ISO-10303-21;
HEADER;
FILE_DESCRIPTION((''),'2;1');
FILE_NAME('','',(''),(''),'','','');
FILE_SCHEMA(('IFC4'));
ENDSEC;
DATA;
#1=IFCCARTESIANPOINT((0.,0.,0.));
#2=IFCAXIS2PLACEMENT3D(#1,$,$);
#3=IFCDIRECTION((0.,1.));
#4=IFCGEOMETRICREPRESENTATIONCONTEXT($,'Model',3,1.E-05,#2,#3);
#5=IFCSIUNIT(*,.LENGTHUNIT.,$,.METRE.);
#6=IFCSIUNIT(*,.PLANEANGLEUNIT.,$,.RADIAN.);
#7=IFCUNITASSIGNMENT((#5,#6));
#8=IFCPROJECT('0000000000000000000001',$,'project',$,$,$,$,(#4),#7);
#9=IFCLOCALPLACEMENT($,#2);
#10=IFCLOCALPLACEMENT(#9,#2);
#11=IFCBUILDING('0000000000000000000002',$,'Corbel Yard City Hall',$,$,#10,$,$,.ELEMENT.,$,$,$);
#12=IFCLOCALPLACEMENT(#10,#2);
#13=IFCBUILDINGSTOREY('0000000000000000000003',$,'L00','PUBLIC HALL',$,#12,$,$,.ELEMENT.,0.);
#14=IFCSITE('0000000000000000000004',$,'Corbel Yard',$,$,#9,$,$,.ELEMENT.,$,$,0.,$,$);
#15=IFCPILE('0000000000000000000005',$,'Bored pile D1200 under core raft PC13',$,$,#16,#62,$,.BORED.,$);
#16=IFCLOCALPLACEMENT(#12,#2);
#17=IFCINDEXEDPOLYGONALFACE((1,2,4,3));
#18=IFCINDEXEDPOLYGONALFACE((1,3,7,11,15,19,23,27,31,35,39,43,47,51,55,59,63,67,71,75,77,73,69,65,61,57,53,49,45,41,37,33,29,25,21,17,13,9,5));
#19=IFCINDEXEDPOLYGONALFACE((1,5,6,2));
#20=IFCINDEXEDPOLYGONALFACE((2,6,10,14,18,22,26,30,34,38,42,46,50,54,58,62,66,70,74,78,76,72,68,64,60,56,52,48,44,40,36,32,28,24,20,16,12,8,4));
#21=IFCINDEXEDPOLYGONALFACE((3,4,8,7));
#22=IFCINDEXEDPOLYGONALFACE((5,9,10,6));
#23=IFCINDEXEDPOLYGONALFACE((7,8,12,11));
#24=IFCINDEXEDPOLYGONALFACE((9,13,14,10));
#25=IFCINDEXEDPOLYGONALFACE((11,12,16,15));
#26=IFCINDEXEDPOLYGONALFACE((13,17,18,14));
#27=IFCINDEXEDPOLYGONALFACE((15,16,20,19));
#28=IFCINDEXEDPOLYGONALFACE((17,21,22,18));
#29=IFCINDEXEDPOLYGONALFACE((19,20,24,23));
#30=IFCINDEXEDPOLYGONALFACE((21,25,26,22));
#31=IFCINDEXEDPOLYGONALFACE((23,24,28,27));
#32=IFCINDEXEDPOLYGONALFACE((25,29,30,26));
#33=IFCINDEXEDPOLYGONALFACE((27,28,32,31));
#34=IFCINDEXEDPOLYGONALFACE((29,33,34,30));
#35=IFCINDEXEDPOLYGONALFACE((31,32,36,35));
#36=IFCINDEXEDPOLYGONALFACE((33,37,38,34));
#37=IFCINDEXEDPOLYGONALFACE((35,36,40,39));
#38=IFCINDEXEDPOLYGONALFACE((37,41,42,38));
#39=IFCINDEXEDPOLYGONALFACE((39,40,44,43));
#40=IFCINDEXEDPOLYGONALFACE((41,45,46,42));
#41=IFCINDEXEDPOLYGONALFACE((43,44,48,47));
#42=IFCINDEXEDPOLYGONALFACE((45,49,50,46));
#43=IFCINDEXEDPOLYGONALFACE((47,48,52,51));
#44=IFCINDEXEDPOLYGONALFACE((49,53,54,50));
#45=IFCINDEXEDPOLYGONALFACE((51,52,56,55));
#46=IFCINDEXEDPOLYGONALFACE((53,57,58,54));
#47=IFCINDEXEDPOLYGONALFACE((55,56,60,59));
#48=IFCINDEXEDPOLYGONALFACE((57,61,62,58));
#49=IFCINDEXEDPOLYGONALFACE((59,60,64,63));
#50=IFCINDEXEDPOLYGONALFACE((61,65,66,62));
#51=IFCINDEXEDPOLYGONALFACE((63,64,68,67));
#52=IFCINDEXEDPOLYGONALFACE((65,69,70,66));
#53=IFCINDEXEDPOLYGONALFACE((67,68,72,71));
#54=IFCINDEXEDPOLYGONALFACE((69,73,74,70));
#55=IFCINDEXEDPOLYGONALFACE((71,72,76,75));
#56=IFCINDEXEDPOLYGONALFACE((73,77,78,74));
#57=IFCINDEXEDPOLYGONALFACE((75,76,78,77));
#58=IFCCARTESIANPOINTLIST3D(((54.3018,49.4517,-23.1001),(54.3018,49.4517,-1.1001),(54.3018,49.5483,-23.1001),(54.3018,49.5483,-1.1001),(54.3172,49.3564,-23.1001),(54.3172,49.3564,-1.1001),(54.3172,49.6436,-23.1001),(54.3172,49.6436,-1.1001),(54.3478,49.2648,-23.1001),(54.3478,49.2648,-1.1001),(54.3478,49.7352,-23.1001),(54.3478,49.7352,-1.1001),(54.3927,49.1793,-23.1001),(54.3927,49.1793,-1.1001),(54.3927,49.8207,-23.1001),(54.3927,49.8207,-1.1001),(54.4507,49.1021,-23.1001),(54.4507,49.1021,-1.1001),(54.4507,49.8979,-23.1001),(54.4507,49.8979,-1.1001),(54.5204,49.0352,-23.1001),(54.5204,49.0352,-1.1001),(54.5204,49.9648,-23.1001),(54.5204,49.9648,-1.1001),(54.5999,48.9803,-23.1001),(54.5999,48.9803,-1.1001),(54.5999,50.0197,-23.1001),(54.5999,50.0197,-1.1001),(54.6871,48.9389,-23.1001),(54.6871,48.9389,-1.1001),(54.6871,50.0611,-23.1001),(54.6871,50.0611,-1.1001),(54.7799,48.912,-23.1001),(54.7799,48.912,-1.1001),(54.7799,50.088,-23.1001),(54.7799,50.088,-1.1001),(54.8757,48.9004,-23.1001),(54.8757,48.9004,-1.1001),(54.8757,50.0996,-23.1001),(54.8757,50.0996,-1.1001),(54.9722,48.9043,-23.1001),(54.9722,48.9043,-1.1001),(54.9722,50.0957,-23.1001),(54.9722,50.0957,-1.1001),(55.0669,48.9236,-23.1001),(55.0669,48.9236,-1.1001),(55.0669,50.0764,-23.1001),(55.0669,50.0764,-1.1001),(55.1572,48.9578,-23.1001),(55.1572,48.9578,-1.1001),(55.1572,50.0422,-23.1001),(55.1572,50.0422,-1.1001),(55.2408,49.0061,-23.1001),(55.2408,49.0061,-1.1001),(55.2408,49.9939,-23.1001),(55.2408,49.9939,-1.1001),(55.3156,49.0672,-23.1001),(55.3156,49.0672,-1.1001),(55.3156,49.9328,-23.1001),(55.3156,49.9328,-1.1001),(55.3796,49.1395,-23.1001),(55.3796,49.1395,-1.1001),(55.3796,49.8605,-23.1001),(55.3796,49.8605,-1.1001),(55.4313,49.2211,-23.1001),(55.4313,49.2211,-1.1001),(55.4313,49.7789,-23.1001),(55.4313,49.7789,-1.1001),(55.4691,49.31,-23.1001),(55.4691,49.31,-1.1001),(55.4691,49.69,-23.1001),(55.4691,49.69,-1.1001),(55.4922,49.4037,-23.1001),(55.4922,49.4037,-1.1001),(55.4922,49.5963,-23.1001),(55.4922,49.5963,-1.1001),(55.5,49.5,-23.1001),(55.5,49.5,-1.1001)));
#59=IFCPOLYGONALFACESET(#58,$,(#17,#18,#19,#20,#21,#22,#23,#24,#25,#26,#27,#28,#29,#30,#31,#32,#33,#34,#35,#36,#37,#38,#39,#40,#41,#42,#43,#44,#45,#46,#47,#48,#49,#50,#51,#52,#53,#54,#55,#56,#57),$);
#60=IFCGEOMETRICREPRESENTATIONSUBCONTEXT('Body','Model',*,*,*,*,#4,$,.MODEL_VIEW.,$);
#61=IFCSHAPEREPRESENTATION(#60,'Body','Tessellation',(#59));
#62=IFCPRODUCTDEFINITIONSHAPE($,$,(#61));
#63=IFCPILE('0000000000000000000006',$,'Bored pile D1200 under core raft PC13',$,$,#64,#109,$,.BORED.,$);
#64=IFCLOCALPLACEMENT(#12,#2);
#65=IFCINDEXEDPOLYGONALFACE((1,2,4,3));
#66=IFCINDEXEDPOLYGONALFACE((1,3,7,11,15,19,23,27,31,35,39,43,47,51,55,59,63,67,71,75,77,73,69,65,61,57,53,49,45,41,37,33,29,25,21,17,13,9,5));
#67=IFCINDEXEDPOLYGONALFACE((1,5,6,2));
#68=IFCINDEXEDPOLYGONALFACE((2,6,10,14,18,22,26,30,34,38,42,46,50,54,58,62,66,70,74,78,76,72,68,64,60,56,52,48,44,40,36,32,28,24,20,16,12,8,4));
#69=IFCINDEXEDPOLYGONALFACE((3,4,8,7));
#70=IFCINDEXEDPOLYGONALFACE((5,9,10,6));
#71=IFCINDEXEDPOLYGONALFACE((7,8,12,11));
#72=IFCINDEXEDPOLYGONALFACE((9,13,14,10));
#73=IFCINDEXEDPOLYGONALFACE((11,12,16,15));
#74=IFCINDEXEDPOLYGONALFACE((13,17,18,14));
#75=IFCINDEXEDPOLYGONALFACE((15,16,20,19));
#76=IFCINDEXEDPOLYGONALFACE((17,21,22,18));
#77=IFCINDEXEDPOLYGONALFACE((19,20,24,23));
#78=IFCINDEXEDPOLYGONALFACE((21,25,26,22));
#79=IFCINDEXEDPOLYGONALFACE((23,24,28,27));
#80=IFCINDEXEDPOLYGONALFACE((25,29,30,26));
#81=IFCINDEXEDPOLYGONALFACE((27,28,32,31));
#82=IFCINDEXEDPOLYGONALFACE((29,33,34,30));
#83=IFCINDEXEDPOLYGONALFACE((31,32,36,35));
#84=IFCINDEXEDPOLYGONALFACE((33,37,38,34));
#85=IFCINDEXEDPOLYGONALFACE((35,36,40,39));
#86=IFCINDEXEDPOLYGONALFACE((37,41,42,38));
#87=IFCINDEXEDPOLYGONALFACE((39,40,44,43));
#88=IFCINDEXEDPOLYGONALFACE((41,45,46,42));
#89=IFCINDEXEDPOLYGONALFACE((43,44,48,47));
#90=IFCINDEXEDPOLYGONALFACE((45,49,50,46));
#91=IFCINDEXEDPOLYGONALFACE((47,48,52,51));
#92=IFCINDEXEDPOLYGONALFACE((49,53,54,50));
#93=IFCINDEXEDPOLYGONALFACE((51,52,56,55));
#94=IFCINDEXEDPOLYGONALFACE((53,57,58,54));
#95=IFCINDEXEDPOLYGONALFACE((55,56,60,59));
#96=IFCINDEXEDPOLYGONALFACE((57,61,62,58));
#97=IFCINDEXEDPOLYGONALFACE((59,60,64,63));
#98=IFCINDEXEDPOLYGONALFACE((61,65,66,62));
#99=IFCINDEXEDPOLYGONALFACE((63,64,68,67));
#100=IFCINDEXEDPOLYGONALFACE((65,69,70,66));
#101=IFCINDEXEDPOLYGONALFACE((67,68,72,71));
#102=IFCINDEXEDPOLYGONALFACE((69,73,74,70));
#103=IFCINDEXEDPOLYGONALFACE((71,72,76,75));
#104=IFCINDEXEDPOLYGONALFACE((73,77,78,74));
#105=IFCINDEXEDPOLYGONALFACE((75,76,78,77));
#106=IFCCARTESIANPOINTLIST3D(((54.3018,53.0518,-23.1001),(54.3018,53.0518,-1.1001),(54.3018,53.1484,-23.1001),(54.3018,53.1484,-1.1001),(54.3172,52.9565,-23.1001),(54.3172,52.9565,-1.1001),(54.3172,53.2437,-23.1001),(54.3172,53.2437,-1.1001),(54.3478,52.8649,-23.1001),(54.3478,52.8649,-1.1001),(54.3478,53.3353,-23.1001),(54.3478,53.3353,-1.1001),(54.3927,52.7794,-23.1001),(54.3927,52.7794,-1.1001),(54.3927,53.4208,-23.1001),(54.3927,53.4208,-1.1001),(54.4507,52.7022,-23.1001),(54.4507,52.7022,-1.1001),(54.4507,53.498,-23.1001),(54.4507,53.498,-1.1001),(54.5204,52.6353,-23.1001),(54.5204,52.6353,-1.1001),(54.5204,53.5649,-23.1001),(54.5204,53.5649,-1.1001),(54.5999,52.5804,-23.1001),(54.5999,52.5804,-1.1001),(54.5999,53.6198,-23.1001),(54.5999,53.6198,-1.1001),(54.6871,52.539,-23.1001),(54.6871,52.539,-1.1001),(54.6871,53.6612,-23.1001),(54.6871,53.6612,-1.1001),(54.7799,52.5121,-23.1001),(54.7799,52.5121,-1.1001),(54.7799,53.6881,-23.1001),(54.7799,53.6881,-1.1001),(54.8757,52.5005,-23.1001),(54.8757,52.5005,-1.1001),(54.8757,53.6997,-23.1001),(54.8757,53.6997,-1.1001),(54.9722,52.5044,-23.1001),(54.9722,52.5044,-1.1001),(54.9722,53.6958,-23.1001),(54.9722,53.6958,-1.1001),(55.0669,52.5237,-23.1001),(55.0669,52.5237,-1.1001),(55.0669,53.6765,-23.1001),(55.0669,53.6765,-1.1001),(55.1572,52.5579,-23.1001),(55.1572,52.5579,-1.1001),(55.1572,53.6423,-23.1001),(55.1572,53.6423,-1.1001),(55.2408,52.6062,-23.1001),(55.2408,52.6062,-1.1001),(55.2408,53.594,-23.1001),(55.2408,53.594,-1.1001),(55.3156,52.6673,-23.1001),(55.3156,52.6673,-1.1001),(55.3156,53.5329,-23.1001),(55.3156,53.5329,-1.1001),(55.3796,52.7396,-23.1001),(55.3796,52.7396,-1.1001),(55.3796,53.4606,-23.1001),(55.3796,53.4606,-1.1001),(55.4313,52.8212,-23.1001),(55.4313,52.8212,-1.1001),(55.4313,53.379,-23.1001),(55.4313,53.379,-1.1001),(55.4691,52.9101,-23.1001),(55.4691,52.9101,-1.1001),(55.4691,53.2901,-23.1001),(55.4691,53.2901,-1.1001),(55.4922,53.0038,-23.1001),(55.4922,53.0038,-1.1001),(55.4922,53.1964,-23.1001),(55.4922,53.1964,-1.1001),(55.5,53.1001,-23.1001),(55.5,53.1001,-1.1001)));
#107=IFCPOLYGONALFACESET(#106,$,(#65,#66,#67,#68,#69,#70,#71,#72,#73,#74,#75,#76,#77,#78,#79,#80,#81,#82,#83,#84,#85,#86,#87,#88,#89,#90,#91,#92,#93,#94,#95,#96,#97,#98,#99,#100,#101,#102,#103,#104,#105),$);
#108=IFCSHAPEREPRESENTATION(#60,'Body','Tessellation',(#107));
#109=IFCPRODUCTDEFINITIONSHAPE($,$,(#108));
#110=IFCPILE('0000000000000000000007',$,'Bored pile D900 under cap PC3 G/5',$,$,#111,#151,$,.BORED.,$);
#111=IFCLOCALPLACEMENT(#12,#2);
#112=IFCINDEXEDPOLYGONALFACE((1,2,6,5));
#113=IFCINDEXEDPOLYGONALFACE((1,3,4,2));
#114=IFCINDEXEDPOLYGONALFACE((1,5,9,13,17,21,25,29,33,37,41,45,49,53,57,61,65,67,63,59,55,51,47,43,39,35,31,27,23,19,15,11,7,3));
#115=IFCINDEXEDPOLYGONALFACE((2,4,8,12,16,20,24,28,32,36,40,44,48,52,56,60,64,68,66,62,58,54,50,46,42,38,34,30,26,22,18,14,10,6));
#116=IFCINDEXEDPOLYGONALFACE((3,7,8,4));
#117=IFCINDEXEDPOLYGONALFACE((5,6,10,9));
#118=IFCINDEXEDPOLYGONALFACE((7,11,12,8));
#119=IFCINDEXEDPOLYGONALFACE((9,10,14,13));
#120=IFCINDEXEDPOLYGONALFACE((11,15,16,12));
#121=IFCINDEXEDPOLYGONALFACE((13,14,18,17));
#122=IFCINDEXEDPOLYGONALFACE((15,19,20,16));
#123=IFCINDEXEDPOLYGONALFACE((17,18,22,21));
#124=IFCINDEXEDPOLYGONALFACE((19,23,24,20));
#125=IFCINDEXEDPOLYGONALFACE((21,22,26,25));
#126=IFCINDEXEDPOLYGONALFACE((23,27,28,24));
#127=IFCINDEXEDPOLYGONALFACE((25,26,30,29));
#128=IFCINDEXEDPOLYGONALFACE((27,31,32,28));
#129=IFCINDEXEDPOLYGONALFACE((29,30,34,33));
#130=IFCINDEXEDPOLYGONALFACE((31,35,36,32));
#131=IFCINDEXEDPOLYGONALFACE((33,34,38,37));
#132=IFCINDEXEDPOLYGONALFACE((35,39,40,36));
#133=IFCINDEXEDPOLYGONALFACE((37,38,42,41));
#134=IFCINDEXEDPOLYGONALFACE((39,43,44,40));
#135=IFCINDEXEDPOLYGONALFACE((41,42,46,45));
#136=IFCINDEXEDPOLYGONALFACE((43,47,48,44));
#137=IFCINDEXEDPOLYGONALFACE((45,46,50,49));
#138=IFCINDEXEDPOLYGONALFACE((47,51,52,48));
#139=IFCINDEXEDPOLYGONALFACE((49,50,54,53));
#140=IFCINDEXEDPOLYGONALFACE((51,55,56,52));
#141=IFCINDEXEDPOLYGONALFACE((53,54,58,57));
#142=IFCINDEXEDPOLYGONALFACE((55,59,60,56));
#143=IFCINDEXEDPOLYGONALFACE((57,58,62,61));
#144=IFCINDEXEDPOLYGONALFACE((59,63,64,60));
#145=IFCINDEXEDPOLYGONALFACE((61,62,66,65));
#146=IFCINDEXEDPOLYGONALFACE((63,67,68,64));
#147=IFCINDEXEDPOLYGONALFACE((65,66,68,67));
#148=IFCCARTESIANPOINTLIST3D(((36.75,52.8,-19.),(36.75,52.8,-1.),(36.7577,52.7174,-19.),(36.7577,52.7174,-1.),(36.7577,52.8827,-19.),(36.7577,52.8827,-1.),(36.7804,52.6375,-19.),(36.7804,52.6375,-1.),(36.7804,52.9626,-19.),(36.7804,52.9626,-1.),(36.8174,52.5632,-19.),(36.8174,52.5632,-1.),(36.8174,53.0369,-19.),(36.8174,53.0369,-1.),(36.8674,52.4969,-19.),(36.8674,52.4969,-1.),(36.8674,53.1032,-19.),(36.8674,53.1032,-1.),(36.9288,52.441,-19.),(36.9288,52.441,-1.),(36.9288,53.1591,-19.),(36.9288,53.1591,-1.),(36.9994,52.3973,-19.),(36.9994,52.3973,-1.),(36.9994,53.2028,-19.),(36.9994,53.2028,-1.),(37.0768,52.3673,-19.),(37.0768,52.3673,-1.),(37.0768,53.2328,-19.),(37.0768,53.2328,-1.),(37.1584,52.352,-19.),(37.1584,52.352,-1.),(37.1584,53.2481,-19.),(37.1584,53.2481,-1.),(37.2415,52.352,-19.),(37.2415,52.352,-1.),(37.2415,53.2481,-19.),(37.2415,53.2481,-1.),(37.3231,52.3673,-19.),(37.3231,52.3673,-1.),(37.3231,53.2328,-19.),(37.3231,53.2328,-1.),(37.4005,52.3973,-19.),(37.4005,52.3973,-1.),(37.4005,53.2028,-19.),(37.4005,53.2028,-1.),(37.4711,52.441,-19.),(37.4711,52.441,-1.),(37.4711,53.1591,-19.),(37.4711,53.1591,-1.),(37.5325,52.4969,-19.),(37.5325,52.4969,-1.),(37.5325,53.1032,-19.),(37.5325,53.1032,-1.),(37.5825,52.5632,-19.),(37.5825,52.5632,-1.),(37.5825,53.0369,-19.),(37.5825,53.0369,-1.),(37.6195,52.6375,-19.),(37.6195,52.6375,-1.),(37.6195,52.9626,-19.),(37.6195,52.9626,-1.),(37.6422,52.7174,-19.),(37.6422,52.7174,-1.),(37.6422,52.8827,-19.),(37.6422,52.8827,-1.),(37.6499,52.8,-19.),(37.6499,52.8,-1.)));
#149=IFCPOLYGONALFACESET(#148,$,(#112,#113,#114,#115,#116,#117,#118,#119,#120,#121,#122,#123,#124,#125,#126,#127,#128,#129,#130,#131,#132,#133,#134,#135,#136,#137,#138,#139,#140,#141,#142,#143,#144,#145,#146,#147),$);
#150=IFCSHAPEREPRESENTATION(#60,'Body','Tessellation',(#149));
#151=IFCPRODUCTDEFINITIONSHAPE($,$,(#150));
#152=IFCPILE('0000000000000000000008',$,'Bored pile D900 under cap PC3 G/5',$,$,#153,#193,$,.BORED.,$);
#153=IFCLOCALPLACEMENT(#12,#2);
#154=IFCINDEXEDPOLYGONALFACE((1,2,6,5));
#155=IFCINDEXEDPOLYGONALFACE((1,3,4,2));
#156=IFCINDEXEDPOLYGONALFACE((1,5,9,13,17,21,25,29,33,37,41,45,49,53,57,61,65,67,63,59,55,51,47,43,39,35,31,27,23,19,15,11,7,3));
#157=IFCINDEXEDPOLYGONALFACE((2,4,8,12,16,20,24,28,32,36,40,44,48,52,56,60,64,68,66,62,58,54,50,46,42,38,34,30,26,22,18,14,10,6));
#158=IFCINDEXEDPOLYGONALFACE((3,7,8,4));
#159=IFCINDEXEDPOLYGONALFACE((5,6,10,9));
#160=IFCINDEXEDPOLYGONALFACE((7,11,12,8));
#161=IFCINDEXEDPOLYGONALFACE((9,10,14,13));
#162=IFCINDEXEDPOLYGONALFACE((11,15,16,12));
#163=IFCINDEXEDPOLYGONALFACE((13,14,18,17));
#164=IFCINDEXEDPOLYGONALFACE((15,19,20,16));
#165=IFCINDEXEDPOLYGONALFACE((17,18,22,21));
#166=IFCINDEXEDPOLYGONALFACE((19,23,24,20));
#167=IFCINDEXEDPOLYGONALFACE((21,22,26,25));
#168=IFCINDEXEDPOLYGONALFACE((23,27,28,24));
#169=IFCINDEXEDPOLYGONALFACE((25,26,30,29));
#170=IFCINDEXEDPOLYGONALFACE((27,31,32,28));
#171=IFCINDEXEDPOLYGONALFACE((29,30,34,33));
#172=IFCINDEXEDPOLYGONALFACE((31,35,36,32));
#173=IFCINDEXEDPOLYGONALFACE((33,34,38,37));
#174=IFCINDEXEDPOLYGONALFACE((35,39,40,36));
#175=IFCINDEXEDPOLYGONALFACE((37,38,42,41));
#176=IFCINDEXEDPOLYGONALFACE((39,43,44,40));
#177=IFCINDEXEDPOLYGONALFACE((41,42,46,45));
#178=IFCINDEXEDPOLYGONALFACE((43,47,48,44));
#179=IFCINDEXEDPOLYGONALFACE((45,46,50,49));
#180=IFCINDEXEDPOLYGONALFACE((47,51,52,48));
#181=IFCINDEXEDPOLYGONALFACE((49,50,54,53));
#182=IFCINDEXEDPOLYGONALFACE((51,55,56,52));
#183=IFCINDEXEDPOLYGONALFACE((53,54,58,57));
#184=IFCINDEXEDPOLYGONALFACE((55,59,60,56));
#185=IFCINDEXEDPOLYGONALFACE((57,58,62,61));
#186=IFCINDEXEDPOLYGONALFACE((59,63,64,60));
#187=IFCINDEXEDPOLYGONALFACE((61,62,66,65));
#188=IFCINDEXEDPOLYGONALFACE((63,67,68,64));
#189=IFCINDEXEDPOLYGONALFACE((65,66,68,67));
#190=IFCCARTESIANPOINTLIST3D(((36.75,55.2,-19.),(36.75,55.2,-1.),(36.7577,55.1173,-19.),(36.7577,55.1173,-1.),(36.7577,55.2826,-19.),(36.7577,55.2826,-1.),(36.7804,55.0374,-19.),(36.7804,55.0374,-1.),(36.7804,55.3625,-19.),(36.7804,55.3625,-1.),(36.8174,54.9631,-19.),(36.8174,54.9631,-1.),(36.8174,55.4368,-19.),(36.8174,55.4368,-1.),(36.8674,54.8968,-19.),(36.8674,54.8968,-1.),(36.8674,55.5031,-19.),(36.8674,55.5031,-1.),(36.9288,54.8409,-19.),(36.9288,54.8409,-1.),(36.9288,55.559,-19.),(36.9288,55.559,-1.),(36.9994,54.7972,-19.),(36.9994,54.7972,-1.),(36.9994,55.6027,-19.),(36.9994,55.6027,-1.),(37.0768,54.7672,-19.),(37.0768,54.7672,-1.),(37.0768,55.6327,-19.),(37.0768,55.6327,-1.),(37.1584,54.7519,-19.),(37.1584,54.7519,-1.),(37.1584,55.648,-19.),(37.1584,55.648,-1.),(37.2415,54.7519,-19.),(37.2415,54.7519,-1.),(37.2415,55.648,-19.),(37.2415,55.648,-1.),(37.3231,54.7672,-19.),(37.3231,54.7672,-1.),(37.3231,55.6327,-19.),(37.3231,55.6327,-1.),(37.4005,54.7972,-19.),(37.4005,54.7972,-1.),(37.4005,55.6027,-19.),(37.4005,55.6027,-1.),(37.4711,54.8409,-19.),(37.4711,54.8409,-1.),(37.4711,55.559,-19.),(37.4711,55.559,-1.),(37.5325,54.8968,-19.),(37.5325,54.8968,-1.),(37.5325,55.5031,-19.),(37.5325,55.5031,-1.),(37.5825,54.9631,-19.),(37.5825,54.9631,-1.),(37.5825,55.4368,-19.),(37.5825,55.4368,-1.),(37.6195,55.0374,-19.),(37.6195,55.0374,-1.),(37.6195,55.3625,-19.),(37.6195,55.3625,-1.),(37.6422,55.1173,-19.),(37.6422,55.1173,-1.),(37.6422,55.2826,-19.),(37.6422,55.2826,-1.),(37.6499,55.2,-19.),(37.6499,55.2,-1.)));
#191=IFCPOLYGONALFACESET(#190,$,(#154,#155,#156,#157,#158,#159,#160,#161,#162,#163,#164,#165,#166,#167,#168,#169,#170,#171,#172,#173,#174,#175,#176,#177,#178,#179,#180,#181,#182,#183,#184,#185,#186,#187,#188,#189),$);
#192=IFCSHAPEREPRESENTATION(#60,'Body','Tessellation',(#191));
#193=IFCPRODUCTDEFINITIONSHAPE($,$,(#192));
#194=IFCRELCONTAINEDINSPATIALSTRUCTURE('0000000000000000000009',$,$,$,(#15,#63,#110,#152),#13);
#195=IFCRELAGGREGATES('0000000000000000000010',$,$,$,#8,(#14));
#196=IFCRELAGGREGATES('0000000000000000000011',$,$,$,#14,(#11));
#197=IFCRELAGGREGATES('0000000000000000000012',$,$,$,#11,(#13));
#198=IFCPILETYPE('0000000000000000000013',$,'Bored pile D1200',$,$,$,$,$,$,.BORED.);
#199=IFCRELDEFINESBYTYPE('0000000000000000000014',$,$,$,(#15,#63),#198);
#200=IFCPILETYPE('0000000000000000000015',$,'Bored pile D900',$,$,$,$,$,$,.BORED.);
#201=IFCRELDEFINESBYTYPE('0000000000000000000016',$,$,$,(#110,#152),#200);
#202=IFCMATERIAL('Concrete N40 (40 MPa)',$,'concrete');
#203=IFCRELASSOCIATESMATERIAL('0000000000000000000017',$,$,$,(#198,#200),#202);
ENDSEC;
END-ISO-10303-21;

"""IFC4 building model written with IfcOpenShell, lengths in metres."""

from ifc_helpers import new_model, si_unit, direction, frame, origin, origin_2d, place, context, subcontext, project, spatial, circle, extrude, material, material_profile, profile_set, type_object, element, save


model = new_model("IFC4")

# Units and contexts
model_context = context("Model", 3, precision=1e-05, world=origin(), true_north=direction((0.0, 1.0)))
body_context = subcontext(model_context, "Body", "Model", "MODEL_VIEW")
ifc_project = project(units=[si_unit("LENGTHUNIT", "METRE"), si_unit("PLANEANGLEUNIT", "RADIAN")], contexts=[model_context])

# Site, building, storey
site_placement = place(None, origin())
site = spatial("IfcSite", under=ifc_project, at=site_placement, Name="Corbel Yard", CompositionType="ELEMENT", RefElevation=0.0)
building_placement = place(site_placement, origin())
building = spatial("IfcBuilding", under=site, at=building_placement, Name="Corbel Yard City Hall", CompositionType="ELEMENT")
storey_placement = place(building_placement, origin())
storey = spatial("IfcBuildingStorey", under=building, at=storey_placement, Name="L00", Description="PUBLIC HALL", CompositionType="ELEMENT", Elevation=0.0)

# Piles
ifc_material_1 = material(Name="Concrete N40 (40 MPa)", Category="concrete")
ifc_material_profile_1 = material_profile(ifc_material_1, circle(Radius=0.6001, at=origin_2d()), Name="D1200")
ifc_profile_set_1 = profile_set([ifc_material_profile_1], Name="Concrete N40 (40 MPa)")
pile_type_1 = type_object("IfcPileType", Name="Bored pile D1200", PredefinedType="BORED", material=ifc_profile_set_1)
for number, where, z_axis, x_axis, name in (
    (1, (54.8999, 49.5, -1.1001), (0.0, 0.0, -1.0), (1.0, 0.0, 0.0), "Bored pile D1200 under core raft PC13"),
    (2, (54.8999, 53.1001, -1.1001), (0.0, 0.0, -1.0), (1.0, 0.0, 0.0), "Bored pile D1200 under core raft PC13"),
):
    element("IfcPile", number, at=place(storey_placement, frame(where, z_axis=z_axis, x_axis=x_axis)), inside=storey, type_object=pile_type_1, Name=name, PredefinedType="BORED", context=body_context, shape_type="SweptSolid", body=[
        extrude(circle(Radius=0.6001, at=origin_2d()), origin(), (0.0, 0.0, 1.0), 22.0),
    ])
ifc_material_profile_2 = material_profile(ifc_material_1, circle(Radius=0.45, at=origin_2d()), Name="D900")
ifc_profile_set_2 = profile_set([ifc_material_profile_2], Name="Concrete N40 (40 MPa)")
pile_type_2 = type_object("IfcPileType", Name="Bored pile D900", PredefinedType="BORED", material=ifc_profile_set_2)
for number, where, z_axis, x_axis, name in (
    (3, (37.2, 52.8, -1.0), (0.0, 0.0, -1.0), (1.0, 0.0, 0.0), "Bored pile D900 under cap PC3 G/5"),
    (4, (37.2, 55.2, -1.0), (0.0, 0.0, -1.0), (1.0, 0.0, 0.0), "Bored pile D900 under cap PC3 G/5"),
):
    element("IfcPile", number, at=place(storey_placement, frame(where, z_axis=z_axis, x_axis=x_axis)), inside=storey, type_object=pile_type_2, Name=name, PredefinedType="BORED", context=body_context, shape_type="SweptSolid", body=[
        extrude(circle(Radius=0.45, at=origin_2d()), origin(), (0.0, 0.0, 1.0), 18.0),
    ])

save(model, "model.ifc")
